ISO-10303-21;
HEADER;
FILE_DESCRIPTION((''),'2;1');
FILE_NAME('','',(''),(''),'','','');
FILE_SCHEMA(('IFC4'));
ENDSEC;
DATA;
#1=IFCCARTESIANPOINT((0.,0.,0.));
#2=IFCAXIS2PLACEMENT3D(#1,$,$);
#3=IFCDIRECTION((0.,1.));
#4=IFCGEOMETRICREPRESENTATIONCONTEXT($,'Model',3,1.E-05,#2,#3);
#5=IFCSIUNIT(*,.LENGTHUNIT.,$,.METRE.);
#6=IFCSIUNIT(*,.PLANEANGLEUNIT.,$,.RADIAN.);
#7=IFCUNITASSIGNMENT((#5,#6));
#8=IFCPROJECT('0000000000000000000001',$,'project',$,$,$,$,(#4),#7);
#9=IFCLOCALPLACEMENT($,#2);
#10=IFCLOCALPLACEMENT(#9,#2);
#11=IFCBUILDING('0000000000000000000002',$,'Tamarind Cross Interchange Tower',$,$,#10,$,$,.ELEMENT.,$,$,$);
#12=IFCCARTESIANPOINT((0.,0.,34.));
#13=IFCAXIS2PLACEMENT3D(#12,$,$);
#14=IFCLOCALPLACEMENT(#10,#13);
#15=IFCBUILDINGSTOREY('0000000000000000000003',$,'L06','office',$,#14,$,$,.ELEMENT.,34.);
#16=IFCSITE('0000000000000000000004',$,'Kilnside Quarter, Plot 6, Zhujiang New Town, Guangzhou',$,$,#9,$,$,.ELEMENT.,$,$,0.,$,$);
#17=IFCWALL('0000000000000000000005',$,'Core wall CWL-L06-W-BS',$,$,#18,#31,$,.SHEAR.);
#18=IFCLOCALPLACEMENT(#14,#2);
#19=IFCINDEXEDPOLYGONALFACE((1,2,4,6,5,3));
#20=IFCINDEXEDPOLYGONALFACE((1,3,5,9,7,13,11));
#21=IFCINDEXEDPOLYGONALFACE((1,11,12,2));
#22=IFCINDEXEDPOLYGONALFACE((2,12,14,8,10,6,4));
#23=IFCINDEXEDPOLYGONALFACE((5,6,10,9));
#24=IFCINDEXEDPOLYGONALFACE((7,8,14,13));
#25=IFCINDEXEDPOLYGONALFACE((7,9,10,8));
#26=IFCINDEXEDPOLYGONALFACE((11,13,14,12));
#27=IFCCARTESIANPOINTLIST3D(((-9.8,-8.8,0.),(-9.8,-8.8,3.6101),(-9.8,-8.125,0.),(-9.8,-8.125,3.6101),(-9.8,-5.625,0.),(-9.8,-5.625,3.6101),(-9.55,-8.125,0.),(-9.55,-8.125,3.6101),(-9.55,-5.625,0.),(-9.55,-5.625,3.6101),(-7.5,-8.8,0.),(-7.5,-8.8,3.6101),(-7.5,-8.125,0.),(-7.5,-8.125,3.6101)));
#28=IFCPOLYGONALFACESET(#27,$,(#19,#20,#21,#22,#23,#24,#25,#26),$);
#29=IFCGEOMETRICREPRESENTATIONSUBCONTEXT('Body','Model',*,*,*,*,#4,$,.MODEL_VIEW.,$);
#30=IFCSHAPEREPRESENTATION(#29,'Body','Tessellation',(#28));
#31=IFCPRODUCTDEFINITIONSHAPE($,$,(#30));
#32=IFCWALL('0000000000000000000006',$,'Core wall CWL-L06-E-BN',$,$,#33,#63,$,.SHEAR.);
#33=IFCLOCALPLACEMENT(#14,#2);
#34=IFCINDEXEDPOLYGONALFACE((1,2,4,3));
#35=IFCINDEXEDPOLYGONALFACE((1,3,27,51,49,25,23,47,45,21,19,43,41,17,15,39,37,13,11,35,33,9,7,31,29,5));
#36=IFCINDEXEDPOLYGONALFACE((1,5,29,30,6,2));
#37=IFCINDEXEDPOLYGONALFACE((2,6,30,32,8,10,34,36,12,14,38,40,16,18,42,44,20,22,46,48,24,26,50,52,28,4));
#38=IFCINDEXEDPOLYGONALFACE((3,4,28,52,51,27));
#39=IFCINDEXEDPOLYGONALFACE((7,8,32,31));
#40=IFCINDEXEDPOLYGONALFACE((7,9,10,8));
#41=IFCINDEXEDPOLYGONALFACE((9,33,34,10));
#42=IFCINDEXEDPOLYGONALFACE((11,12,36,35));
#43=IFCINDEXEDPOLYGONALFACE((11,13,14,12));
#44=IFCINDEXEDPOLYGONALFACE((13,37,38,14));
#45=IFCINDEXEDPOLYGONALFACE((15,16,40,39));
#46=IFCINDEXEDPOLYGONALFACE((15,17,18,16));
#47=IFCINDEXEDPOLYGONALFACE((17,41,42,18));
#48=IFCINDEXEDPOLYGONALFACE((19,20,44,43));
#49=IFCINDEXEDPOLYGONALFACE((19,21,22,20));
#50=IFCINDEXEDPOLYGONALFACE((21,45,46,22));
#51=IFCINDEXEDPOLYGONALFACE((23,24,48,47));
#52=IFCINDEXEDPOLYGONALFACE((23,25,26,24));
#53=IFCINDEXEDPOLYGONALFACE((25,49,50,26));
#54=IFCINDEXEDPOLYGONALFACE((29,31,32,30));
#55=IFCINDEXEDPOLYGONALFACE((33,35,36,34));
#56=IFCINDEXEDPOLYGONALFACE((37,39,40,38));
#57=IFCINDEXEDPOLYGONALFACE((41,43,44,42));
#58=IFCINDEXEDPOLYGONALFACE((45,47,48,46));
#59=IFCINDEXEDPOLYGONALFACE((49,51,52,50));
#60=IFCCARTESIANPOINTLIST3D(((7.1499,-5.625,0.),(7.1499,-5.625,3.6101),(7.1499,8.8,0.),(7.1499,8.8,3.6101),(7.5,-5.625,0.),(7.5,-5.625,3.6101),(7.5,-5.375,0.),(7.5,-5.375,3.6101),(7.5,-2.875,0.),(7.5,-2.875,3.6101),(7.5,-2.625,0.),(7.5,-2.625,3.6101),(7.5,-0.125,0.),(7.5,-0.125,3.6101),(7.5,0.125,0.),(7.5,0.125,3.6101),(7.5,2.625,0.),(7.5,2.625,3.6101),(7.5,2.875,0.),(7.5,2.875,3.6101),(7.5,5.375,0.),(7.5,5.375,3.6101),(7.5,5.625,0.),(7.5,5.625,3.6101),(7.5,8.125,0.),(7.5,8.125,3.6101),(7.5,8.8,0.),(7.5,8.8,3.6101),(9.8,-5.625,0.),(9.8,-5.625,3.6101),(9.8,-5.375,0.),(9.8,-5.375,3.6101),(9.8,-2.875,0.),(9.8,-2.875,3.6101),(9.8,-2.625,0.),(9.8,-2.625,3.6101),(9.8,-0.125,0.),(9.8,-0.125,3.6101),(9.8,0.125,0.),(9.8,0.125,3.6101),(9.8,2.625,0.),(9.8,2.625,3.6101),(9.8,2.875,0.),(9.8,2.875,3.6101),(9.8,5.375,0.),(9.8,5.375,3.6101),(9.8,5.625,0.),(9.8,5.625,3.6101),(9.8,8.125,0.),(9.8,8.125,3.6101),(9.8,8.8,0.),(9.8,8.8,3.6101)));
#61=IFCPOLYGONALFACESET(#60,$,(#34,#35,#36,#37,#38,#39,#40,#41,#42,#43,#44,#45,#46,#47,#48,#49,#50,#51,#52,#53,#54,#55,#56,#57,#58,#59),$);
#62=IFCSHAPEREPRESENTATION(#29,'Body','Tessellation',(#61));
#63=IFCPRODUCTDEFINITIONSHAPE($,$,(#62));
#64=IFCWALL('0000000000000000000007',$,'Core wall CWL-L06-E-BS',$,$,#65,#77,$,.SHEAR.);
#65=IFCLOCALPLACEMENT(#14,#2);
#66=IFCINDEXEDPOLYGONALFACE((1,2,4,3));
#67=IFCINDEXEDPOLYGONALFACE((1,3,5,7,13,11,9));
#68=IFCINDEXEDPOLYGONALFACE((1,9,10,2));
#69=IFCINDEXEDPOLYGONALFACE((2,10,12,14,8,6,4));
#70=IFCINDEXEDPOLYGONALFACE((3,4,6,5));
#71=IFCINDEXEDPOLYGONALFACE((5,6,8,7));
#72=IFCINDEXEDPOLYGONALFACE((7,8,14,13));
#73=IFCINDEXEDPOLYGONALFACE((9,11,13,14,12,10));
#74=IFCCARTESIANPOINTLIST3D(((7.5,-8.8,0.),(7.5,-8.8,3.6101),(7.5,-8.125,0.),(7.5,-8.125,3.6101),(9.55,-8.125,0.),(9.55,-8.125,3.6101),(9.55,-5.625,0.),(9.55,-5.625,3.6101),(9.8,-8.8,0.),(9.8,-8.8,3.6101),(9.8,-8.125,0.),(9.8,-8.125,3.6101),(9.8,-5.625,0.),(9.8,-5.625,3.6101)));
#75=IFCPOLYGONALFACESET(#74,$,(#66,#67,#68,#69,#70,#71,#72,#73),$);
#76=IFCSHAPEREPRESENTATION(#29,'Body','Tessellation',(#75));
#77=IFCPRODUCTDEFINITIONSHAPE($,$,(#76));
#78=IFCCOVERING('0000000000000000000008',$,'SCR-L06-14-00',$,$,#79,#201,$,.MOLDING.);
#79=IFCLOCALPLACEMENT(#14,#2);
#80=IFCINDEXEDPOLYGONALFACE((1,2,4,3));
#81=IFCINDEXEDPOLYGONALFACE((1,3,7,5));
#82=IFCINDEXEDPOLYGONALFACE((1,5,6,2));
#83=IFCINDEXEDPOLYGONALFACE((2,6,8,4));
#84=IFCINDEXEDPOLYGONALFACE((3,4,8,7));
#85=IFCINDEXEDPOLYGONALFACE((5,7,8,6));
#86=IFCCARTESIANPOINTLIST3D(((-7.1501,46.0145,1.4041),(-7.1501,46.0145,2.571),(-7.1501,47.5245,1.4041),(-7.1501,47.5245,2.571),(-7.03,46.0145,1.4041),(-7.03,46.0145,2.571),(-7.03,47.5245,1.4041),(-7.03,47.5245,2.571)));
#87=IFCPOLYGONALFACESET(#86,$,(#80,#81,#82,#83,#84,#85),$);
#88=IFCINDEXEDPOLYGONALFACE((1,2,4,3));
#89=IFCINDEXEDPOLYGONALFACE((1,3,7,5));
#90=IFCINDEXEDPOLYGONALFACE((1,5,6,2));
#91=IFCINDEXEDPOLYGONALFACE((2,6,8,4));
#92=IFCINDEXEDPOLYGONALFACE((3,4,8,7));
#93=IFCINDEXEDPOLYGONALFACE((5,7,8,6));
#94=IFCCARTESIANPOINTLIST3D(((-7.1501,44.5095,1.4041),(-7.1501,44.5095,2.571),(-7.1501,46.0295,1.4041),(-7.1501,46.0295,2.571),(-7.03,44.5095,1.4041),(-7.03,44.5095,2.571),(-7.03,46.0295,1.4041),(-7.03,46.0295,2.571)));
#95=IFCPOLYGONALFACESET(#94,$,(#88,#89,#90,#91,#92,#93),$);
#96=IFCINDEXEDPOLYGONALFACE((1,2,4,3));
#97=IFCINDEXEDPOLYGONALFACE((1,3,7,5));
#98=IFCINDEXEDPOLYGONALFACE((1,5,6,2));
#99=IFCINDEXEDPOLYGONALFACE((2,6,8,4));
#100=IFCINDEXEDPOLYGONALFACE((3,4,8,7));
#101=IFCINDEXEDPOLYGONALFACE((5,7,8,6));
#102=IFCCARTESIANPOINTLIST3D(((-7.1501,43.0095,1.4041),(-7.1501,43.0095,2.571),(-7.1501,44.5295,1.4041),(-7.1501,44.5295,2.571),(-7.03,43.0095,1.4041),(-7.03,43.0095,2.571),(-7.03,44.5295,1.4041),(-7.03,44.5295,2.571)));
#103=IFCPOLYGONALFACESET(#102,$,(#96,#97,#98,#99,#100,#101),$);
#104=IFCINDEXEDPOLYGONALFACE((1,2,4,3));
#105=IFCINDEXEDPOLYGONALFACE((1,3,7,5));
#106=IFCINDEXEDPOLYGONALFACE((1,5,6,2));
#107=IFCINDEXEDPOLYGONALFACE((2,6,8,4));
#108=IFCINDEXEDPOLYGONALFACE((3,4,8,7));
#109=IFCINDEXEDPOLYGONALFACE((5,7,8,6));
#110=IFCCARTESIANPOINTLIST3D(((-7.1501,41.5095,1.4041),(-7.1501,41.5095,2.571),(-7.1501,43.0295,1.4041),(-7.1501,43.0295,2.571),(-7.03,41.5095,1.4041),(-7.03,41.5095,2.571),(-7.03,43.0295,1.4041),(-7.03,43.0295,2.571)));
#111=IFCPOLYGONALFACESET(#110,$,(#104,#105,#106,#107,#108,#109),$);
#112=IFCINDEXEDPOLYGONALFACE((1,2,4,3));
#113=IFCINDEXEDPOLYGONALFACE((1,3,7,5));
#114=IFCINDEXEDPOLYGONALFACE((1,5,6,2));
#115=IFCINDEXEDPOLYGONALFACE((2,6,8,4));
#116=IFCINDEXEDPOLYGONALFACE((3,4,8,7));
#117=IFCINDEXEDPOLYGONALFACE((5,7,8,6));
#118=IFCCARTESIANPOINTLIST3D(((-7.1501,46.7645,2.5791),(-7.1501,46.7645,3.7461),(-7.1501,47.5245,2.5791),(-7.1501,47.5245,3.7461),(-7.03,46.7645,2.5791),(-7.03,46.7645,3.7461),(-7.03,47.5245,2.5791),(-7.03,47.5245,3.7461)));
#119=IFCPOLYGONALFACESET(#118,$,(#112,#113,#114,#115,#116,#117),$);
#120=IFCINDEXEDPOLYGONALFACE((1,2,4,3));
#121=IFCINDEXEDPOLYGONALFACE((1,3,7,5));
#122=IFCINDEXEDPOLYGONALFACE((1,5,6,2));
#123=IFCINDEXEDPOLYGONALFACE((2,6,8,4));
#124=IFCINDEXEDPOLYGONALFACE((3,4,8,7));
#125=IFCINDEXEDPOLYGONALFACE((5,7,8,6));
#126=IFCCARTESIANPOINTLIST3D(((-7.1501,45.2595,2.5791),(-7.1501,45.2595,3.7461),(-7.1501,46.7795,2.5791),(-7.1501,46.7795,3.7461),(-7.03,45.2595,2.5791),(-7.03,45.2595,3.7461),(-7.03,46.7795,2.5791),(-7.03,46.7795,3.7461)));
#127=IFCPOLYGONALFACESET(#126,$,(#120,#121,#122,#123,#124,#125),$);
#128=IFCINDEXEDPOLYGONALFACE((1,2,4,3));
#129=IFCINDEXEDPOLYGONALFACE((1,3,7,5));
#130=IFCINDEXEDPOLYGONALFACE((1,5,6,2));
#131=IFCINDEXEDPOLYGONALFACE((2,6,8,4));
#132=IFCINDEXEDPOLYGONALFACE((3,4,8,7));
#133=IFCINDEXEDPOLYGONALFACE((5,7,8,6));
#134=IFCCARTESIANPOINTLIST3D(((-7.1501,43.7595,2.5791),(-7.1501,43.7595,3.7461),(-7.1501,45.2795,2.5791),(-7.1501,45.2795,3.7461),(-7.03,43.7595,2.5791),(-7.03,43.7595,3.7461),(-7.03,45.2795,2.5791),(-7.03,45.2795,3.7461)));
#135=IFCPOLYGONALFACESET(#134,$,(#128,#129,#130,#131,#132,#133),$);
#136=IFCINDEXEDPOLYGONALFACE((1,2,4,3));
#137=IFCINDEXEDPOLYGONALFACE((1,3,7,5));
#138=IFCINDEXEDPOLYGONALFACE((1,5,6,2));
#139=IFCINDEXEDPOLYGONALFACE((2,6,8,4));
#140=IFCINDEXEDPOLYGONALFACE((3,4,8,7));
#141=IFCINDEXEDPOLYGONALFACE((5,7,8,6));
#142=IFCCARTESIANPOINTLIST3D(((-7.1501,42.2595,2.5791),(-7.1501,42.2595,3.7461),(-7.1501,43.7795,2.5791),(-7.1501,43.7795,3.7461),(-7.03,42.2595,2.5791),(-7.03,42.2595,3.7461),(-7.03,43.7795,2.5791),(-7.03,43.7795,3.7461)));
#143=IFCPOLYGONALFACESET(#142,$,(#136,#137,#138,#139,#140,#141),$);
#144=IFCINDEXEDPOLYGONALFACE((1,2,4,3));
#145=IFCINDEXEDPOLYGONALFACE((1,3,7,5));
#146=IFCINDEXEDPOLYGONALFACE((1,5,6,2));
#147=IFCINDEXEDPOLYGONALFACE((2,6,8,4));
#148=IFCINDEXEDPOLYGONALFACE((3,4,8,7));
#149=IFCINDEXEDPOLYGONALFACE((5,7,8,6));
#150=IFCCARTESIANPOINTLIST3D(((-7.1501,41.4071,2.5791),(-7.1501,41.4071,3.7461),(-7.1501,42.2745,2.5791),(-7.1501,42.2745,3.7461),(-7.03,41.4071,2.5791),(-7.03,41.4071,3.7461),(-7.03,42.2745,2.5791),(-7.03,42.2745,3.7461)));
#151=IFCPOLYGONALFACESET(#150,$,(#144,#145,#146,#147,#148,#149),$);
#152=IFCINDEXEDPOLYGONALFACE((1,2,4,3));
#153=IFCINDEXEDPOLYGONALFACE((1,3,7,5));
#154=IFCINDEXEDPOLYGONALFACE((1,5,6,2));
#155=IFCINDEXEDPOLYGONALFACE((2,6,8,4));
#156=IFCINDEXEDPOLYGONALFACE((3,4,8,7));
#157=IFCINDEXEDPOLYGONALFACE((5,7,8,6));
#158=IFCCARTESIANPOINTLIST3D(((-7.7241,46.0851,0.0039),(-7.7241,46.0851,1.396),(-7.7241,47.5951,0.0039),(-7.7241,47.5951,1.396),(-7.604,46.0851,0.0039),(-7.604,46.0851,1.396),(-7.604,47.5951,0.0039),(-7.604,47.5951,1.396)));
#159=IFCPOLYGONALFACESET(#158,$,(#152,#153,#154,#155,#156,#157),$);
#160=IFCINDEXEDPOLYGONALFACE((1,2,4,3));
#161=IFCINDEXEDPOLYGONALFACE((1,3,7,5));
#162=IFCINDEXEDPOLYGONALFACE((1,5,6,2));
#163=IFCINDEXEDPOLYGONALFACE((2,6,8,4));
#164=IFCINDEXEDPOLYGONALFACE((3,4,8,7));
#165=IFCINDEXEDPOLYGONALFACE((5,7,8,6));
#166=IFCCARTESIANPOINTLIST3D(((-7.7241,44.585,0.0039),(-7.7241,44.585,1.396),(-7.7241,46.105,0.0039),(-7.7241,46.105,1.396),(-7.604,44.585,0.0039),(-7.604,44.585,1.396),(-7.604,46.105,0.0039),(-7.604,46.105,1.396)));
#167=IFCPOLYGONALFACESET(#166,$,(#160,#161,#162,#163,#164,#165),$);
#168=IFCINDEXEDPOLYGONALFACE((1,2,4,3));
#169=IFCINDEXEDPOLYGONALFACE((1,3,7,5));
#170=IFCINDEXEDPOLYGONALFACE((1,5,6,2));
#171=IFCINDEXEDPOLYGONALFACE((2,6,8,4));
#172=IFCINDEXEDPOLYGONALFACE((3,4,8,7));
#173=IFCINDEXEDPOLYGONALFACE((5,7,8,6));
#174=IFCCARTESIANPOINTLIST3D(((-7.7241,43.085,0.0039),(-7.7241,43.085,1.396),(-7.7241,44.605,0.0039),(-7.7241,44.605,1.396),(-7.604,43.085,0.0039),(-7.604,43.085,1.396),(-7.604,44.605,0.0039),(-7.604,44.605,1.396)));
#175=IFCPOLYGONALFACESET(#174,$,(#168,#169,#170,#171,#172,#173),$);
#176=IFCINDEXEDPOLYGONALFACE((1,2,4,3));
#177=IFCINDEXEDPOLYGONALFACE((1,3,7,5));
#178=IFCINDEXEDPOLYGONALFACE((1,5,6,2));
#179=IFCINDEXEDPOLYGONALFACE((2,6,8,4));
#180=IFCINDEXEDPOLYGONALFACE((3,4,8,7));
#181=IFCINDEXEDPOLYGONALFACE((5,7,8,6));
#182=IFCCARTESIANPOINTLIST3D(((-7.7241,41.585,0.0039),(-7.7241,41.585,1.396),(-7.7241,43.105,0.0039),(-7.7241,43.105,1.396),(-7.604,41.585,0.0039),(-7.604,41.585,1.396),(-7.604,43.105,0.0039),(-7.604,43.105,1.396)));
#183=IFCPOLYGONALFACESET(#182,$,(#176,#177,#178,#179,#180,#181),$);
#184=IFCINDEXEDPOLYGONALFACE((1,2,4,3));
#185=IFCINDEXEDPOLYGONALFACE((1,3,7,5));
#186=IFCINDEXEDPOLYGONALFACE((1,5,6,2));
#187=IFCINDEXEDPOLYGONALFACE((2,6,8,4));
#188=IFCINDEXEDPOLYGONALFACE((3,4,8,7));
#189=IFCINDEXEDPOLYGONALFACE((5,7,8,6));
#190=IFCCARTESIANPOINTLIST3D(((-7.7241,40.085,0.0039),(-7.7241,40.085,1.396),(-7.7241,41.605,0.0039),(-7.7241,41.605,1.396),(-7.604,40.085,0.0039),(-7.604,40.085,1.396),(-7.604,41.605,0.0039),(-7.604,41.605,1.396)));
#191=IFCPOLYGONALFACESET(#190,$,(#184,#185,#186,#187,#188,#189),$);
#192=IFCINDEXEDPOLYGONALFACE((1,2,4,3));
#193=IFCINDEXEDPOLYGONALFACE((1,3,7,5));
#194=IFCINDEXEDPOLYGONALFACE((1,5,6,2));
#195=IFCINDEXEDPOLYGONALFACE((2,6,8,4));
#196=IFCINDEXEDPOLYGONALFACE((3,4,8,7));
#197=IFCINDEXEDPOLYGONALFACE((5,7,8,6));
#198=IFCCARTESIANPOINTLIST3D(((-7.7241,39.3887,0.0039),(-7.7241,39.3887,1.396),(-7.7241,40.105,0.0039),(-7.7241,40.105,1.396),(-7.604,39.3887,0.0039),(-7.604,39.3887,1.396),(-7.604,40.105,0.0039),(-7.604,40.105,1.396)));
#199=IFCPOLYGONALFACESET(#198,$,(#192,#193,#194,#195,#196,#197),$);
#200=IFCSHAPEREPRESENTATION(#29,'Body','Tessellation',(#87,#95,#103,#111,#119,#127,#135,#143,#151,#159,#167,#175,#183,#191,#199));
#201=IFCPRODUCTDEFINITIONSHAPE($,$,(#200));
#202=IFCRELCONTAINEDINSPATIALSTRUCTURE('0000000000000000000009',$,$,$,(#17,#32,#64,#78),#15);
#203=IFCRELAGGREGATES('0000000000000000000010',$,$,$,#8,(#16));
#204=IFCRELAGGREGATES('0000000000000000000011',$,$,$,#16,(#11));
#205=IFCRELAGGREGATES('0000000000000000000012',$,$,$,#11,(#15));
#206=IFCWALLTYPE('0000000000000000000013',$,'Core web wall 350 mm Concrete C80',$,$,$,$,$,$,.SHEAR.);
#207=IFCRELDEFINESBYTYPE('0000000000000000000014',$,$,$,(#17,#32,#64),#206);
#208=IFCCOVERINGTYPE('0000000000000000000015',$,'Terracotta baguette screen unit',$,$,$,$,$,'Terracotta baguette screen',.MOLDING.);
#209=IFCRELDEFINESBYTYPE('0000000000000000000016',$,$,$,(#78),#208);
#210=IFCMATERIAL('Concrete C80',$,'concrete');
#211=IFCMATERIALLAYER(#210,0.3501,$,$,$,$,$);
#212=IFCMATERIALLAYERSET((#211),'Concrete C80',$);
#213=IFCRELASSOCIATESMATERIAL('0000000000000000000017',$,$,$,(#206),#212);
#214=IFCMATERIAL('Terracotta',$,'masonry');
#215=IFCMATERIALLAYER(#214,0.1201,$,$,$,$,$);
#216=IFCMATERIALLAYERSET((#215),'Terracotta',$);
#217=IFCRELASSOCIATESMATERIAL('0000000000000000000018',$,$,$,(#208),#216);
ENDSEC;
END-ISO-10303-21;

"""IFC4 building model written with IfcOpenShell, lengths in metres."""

from ifc_helpers import new_model, si_unit, direction, frame, origin, origin_2d, place, context, subcontext, project, spatial, polyline, rectangle, outline, extrude, material, layer, layer_set, type_object, element, save


model = new_model("IFC4")

# Units and contexts
model_context = context("Model", 3, precision=1e-05, world=origin(), true_north=direction((0.0, 1.0)))
body_context = subcontext(model_context, "Body", "Model", "MODEL_VIEW")
ifc_project = project(units=[si_unit("LENGTHUNIT", "METRE"), si_unit("PLANEANGLEUNIT", "RADIAN")], contexts=[model_context])

# Site, building, storey
site_placement = place(None, origin())
site = spatial("IfcSite", under=ifc_project, at=site_placement, Name="Kilnside Quarter, Plot 6, Zhujiang New Town, Guangzhou", CompositionType="ELEMENT", RefElevation=0.0)
building_placement = place(site_placement, origin())
building = spatial("IfcBuilding", under=site, at=building_placement, Name="Tamarind Cross Interchange Tower", CompositionType="ELEMENT")
storey_placement = place(building_placement, frame((0.0, 0.0, 34.0)))
storey = spatial("IfcBuildingStorey", under=building, at=storey_placement, Name="L06", Description="office", CompositionType="ELEMENT", Elevation=34.0)

# Walls
ifc_material_1 = material(Name="Concrete C80", Category="concrete")
ifc_layer_1 = layer(ifc_material_1, 0.3501)
ifc_layer_set_1 = layer_set([ifc_layer_1], Name="Concrete C80")
wall_type_1 = type_object("IfcWallType", Name="Core web wall 350 mm Concrete C80", PredefinedType="SHEAR", material=ifc_layer_set_1)
wall_1_placement = place(storey_placement, origin())
element("IfcWall", 1, at=wall_1_placement, inside=storey, type_object=wall_type_1, Name="Core wall CWL-L06-W-BS", PredefinedType="SHEAR", context=body_context, shape_type="SweptSolid", body=[
    extrude(outline(polyline([(-7.5, -8.125), (-9.55, -8.125), (-9.55, -5.625), (-9.8, -5.625), (-9.8, -8.125), (-9.8, -8.8), (-7.5, -8.8), (-7.5, -8.125)])), origin(), (0.0, 0.0, 1.0), 3.6101),
])
wall_2_placement = place(storey_placement, origin())
element("IfcWall", 2, at=wall_2_placement, inside=storey, type_object=wall_type_1, Name="Core wall CWL-L06-E-BN", PredefinedType="SHEAR", context=body_context, shape_type="SweptSolid", body=[
    extrude(outline(polyline([(9.8, -5.375), (7.5, -5.375), (7.5, -2.875), (9.8, -2.875), (9.8, -2.625), (7.5, -2.625), (7.5, -0.125), (9.8, -0.125), (9.8, 0.125), (7.5, 0.125), (7.5, 2.625), (9.8, 2.625), (9.8, 2.875), (7.5, 2.875), (7.5, 5.375), (9.8, 5.375), (9.8, 5.625), (7.5, 5.625), (7.5, 8.125), (9.8, 8.125), (9.8, 8.8), (7.5, 8.8), (7.1499, 8.8), (7.1499, -5.625), (7.5, -5.625), (9.8, -5.625), (9.8, -5.375)])), origin(), (0.0, 0.0, 1.0), 3.6101),
])
wall_3_placement = place(storey_placement, origin())
element("IfcWall", 3, at=wall_3_placement, inside=storey, type_object=wall_type_1, Name="Core wall CWL-L06-E-BS", PredefinedType="SHEAR", context=body_context, shape_type="SweptSolid", body=[
    extrude(outline(polyline([(7.5, -8.125), (7.5, -8.8), (9.8, -8.8), (9.8, -8.125), (9.8, -5.625), (9.55, -5.625), (9.55, -8.125), (7.5, -8.125)])), origin(), (0.0, 0.0, 1.0), 3.6101),
])

# Covering
ifc_material_2 = material(Name="Terracotta", Category="masonry")
ifc_layer_2 = layer(ifc_material_2, 0.1201)
ifc_layer_set_2 = layer_set([ifc_layer_2], Name="Terracotta")
covering_type = type_object("IfcCoveringType", Name="Terracotta baguette screen unit", ElementType="Terracotta baguette screen", PredefinedType="MOLDING", material=ifc_layer_set_2)
covering_1_placement = place(storey_placement, origin())
element("IfcCovering", 4, at=covering_1_placement, inside=storey, type_object=covering_type, Name="SCR-L06-14-00", PredefinedType="MOLDING", context=body_context, shape_type="SweptSolid", body=[
    extrude(rectangle(XDim=1.51, YDim=0.1201, at=origin_2d()), frame((-7.0901, 46.7695, 1.4041), z_axis=(0.0, 0.0, 1.0), x_axis=(0.0, -1.0, 0.0)), (0.0, 0.0, 1.0), 1.167),
    extrude(rectangle(XDim=1.52, YDim=0.1201, at=origin_2d()), frame((-7.0901, 45.2695, 1.4041), z_axis=(0.0, 0.0, 1.0), x_axis=(0.0, -1.0, 0.0)), (0.0, 0.0, 1.0), 1.167),
    extrude(rectangle(XDim=1.52, YDim=0.1201, at=origin_2d()), frame((-7.0901, 43.7695, 1.4041), z_axis=(0.0, 0.0, 1.0), x_axis=(0.0, -1.0, 0.0)), (0.0, 0.0, 1.0), 1.167),
    extrude(rectangle(XDim=1.52, YDim=0.1201, at=origin_2d()), frame((-7.0901, 42.2695, 1.4041), z_axis=(0.0, 0.0, 1.0), x_axis=(0.0, -1.0, 0.0)), (0.0, 0.0, 1.0), 1.167),
    extrude(rectangle(XDim=0.76, YDim=0.1201, at=origin_2d()), frame((-7.0901, 47.1445, 2.5791), z_axis=(0.0, 0.0, 1.0), x_axis=(0.0, -1.0, 0.0)), (0.0, 0.0, 1.0), 1.167),
    extrude(rectangle(XDim=1.52, YDim=0.1201, at=origin_2d()), frame((-7.0901, 46.0195, 2.5791), z_axis=(0.0, 0.0, 1.0), x_axis=(0.0, -1.0, 0.0)), (0.0, 0.0, 1.0), 1.167),
    extrude(rectangle(XDim=1.52, YDim=0.1201, at=origin_2d()), frame((-7.0901, 44.5195, 2.5791), z_axis=(0.0, 0.0, 1.0), x_axis=(0.0, -1.0, 0.0)), (0.0, 0.0, 1.0), 1.167),
    extrude(rectangle(XDim=1.52, YDim=0.1201, at=origin_2d()), frame((-7.0901, 43.0195, 2.5791), z_axis=(0.0, 0.0, 1.0), x_axis=(0.0, -1.0, 0.0)), (0.0, 0.0, 1.0), 1.167),
    extrude(rectangle(XDim=0.8674, YDim=0.1201, at=origin_2d()), frame((-7.0901, 41.8408, 2.5791), z_axis=(0.0, 0.0, 1.0), x_axis=(0.0, -1.0, 0.0)), (0.0, 0.0, 1.0), 1.167),
    extrude(rectangle(XDim=1.51, YDim=0.1201, at=origin_2d()), frame((-7.6641, 46.8401, 0.0039), z_axis=(0.0, 0.0, 1.0), x_axis=(0.0, -1.0, 0.0)), (0.0, 0.0, 1.0), 1.3921),
    extrude(rectangle(XDim=1.52, YDim=0.1201, at=origin_2d()), frame((-7.6641, 45.345, 0.0039), z_axis=(0.0, 0.0, 1.0), x_axis=(0.0, -1.0, 0.0)), (0.0, 0.0, 1.0), 1.3921),
    extrude(rectangle(XDim=1.52, YDim=0.1201, at=origin_2d()), frame((-7.6641, 43.845, 0.0039), z_axis=(0.0, 0.0, 1.0), x_axis=(0.0, -1.0, 0.0)), (0.0, 0.0, 1.0), 1.3921),
    extrude(rectangle(XDim=1.52, YDim=0.1201, at=origin_2d()), frame((-7.6641, 42.345, 0.0039), z_axis=(0.0, 0.0, 1.0), x_axis=(0.0, -1.0, 0.0)), (0.0, 0.0, 1.0), 1.3921),
    extrude(rectangle(XDim=1.52, YDim=0.1201, at=origin_2d()), frame((-7.6641, 40.845, 0.0039), z_axis=(0.0, 0.0, 1.0), x_axis=(0.0, -1.0, 0.0)), (0.0, 0.0, 1.0), 1.3921),
    extrude(rectangle(XDim=0.7163, YDim=0.1201, at=origin_2d()), frame((-7.6641, 39.7468, 0.0039), z_axis=(0.0, 0.0, 1.0), x_axis=(0.0, -1.0, 0.0)), (0.0, 0.0, 1.0), 1.3921),
])

save(model, "model.ifc")
